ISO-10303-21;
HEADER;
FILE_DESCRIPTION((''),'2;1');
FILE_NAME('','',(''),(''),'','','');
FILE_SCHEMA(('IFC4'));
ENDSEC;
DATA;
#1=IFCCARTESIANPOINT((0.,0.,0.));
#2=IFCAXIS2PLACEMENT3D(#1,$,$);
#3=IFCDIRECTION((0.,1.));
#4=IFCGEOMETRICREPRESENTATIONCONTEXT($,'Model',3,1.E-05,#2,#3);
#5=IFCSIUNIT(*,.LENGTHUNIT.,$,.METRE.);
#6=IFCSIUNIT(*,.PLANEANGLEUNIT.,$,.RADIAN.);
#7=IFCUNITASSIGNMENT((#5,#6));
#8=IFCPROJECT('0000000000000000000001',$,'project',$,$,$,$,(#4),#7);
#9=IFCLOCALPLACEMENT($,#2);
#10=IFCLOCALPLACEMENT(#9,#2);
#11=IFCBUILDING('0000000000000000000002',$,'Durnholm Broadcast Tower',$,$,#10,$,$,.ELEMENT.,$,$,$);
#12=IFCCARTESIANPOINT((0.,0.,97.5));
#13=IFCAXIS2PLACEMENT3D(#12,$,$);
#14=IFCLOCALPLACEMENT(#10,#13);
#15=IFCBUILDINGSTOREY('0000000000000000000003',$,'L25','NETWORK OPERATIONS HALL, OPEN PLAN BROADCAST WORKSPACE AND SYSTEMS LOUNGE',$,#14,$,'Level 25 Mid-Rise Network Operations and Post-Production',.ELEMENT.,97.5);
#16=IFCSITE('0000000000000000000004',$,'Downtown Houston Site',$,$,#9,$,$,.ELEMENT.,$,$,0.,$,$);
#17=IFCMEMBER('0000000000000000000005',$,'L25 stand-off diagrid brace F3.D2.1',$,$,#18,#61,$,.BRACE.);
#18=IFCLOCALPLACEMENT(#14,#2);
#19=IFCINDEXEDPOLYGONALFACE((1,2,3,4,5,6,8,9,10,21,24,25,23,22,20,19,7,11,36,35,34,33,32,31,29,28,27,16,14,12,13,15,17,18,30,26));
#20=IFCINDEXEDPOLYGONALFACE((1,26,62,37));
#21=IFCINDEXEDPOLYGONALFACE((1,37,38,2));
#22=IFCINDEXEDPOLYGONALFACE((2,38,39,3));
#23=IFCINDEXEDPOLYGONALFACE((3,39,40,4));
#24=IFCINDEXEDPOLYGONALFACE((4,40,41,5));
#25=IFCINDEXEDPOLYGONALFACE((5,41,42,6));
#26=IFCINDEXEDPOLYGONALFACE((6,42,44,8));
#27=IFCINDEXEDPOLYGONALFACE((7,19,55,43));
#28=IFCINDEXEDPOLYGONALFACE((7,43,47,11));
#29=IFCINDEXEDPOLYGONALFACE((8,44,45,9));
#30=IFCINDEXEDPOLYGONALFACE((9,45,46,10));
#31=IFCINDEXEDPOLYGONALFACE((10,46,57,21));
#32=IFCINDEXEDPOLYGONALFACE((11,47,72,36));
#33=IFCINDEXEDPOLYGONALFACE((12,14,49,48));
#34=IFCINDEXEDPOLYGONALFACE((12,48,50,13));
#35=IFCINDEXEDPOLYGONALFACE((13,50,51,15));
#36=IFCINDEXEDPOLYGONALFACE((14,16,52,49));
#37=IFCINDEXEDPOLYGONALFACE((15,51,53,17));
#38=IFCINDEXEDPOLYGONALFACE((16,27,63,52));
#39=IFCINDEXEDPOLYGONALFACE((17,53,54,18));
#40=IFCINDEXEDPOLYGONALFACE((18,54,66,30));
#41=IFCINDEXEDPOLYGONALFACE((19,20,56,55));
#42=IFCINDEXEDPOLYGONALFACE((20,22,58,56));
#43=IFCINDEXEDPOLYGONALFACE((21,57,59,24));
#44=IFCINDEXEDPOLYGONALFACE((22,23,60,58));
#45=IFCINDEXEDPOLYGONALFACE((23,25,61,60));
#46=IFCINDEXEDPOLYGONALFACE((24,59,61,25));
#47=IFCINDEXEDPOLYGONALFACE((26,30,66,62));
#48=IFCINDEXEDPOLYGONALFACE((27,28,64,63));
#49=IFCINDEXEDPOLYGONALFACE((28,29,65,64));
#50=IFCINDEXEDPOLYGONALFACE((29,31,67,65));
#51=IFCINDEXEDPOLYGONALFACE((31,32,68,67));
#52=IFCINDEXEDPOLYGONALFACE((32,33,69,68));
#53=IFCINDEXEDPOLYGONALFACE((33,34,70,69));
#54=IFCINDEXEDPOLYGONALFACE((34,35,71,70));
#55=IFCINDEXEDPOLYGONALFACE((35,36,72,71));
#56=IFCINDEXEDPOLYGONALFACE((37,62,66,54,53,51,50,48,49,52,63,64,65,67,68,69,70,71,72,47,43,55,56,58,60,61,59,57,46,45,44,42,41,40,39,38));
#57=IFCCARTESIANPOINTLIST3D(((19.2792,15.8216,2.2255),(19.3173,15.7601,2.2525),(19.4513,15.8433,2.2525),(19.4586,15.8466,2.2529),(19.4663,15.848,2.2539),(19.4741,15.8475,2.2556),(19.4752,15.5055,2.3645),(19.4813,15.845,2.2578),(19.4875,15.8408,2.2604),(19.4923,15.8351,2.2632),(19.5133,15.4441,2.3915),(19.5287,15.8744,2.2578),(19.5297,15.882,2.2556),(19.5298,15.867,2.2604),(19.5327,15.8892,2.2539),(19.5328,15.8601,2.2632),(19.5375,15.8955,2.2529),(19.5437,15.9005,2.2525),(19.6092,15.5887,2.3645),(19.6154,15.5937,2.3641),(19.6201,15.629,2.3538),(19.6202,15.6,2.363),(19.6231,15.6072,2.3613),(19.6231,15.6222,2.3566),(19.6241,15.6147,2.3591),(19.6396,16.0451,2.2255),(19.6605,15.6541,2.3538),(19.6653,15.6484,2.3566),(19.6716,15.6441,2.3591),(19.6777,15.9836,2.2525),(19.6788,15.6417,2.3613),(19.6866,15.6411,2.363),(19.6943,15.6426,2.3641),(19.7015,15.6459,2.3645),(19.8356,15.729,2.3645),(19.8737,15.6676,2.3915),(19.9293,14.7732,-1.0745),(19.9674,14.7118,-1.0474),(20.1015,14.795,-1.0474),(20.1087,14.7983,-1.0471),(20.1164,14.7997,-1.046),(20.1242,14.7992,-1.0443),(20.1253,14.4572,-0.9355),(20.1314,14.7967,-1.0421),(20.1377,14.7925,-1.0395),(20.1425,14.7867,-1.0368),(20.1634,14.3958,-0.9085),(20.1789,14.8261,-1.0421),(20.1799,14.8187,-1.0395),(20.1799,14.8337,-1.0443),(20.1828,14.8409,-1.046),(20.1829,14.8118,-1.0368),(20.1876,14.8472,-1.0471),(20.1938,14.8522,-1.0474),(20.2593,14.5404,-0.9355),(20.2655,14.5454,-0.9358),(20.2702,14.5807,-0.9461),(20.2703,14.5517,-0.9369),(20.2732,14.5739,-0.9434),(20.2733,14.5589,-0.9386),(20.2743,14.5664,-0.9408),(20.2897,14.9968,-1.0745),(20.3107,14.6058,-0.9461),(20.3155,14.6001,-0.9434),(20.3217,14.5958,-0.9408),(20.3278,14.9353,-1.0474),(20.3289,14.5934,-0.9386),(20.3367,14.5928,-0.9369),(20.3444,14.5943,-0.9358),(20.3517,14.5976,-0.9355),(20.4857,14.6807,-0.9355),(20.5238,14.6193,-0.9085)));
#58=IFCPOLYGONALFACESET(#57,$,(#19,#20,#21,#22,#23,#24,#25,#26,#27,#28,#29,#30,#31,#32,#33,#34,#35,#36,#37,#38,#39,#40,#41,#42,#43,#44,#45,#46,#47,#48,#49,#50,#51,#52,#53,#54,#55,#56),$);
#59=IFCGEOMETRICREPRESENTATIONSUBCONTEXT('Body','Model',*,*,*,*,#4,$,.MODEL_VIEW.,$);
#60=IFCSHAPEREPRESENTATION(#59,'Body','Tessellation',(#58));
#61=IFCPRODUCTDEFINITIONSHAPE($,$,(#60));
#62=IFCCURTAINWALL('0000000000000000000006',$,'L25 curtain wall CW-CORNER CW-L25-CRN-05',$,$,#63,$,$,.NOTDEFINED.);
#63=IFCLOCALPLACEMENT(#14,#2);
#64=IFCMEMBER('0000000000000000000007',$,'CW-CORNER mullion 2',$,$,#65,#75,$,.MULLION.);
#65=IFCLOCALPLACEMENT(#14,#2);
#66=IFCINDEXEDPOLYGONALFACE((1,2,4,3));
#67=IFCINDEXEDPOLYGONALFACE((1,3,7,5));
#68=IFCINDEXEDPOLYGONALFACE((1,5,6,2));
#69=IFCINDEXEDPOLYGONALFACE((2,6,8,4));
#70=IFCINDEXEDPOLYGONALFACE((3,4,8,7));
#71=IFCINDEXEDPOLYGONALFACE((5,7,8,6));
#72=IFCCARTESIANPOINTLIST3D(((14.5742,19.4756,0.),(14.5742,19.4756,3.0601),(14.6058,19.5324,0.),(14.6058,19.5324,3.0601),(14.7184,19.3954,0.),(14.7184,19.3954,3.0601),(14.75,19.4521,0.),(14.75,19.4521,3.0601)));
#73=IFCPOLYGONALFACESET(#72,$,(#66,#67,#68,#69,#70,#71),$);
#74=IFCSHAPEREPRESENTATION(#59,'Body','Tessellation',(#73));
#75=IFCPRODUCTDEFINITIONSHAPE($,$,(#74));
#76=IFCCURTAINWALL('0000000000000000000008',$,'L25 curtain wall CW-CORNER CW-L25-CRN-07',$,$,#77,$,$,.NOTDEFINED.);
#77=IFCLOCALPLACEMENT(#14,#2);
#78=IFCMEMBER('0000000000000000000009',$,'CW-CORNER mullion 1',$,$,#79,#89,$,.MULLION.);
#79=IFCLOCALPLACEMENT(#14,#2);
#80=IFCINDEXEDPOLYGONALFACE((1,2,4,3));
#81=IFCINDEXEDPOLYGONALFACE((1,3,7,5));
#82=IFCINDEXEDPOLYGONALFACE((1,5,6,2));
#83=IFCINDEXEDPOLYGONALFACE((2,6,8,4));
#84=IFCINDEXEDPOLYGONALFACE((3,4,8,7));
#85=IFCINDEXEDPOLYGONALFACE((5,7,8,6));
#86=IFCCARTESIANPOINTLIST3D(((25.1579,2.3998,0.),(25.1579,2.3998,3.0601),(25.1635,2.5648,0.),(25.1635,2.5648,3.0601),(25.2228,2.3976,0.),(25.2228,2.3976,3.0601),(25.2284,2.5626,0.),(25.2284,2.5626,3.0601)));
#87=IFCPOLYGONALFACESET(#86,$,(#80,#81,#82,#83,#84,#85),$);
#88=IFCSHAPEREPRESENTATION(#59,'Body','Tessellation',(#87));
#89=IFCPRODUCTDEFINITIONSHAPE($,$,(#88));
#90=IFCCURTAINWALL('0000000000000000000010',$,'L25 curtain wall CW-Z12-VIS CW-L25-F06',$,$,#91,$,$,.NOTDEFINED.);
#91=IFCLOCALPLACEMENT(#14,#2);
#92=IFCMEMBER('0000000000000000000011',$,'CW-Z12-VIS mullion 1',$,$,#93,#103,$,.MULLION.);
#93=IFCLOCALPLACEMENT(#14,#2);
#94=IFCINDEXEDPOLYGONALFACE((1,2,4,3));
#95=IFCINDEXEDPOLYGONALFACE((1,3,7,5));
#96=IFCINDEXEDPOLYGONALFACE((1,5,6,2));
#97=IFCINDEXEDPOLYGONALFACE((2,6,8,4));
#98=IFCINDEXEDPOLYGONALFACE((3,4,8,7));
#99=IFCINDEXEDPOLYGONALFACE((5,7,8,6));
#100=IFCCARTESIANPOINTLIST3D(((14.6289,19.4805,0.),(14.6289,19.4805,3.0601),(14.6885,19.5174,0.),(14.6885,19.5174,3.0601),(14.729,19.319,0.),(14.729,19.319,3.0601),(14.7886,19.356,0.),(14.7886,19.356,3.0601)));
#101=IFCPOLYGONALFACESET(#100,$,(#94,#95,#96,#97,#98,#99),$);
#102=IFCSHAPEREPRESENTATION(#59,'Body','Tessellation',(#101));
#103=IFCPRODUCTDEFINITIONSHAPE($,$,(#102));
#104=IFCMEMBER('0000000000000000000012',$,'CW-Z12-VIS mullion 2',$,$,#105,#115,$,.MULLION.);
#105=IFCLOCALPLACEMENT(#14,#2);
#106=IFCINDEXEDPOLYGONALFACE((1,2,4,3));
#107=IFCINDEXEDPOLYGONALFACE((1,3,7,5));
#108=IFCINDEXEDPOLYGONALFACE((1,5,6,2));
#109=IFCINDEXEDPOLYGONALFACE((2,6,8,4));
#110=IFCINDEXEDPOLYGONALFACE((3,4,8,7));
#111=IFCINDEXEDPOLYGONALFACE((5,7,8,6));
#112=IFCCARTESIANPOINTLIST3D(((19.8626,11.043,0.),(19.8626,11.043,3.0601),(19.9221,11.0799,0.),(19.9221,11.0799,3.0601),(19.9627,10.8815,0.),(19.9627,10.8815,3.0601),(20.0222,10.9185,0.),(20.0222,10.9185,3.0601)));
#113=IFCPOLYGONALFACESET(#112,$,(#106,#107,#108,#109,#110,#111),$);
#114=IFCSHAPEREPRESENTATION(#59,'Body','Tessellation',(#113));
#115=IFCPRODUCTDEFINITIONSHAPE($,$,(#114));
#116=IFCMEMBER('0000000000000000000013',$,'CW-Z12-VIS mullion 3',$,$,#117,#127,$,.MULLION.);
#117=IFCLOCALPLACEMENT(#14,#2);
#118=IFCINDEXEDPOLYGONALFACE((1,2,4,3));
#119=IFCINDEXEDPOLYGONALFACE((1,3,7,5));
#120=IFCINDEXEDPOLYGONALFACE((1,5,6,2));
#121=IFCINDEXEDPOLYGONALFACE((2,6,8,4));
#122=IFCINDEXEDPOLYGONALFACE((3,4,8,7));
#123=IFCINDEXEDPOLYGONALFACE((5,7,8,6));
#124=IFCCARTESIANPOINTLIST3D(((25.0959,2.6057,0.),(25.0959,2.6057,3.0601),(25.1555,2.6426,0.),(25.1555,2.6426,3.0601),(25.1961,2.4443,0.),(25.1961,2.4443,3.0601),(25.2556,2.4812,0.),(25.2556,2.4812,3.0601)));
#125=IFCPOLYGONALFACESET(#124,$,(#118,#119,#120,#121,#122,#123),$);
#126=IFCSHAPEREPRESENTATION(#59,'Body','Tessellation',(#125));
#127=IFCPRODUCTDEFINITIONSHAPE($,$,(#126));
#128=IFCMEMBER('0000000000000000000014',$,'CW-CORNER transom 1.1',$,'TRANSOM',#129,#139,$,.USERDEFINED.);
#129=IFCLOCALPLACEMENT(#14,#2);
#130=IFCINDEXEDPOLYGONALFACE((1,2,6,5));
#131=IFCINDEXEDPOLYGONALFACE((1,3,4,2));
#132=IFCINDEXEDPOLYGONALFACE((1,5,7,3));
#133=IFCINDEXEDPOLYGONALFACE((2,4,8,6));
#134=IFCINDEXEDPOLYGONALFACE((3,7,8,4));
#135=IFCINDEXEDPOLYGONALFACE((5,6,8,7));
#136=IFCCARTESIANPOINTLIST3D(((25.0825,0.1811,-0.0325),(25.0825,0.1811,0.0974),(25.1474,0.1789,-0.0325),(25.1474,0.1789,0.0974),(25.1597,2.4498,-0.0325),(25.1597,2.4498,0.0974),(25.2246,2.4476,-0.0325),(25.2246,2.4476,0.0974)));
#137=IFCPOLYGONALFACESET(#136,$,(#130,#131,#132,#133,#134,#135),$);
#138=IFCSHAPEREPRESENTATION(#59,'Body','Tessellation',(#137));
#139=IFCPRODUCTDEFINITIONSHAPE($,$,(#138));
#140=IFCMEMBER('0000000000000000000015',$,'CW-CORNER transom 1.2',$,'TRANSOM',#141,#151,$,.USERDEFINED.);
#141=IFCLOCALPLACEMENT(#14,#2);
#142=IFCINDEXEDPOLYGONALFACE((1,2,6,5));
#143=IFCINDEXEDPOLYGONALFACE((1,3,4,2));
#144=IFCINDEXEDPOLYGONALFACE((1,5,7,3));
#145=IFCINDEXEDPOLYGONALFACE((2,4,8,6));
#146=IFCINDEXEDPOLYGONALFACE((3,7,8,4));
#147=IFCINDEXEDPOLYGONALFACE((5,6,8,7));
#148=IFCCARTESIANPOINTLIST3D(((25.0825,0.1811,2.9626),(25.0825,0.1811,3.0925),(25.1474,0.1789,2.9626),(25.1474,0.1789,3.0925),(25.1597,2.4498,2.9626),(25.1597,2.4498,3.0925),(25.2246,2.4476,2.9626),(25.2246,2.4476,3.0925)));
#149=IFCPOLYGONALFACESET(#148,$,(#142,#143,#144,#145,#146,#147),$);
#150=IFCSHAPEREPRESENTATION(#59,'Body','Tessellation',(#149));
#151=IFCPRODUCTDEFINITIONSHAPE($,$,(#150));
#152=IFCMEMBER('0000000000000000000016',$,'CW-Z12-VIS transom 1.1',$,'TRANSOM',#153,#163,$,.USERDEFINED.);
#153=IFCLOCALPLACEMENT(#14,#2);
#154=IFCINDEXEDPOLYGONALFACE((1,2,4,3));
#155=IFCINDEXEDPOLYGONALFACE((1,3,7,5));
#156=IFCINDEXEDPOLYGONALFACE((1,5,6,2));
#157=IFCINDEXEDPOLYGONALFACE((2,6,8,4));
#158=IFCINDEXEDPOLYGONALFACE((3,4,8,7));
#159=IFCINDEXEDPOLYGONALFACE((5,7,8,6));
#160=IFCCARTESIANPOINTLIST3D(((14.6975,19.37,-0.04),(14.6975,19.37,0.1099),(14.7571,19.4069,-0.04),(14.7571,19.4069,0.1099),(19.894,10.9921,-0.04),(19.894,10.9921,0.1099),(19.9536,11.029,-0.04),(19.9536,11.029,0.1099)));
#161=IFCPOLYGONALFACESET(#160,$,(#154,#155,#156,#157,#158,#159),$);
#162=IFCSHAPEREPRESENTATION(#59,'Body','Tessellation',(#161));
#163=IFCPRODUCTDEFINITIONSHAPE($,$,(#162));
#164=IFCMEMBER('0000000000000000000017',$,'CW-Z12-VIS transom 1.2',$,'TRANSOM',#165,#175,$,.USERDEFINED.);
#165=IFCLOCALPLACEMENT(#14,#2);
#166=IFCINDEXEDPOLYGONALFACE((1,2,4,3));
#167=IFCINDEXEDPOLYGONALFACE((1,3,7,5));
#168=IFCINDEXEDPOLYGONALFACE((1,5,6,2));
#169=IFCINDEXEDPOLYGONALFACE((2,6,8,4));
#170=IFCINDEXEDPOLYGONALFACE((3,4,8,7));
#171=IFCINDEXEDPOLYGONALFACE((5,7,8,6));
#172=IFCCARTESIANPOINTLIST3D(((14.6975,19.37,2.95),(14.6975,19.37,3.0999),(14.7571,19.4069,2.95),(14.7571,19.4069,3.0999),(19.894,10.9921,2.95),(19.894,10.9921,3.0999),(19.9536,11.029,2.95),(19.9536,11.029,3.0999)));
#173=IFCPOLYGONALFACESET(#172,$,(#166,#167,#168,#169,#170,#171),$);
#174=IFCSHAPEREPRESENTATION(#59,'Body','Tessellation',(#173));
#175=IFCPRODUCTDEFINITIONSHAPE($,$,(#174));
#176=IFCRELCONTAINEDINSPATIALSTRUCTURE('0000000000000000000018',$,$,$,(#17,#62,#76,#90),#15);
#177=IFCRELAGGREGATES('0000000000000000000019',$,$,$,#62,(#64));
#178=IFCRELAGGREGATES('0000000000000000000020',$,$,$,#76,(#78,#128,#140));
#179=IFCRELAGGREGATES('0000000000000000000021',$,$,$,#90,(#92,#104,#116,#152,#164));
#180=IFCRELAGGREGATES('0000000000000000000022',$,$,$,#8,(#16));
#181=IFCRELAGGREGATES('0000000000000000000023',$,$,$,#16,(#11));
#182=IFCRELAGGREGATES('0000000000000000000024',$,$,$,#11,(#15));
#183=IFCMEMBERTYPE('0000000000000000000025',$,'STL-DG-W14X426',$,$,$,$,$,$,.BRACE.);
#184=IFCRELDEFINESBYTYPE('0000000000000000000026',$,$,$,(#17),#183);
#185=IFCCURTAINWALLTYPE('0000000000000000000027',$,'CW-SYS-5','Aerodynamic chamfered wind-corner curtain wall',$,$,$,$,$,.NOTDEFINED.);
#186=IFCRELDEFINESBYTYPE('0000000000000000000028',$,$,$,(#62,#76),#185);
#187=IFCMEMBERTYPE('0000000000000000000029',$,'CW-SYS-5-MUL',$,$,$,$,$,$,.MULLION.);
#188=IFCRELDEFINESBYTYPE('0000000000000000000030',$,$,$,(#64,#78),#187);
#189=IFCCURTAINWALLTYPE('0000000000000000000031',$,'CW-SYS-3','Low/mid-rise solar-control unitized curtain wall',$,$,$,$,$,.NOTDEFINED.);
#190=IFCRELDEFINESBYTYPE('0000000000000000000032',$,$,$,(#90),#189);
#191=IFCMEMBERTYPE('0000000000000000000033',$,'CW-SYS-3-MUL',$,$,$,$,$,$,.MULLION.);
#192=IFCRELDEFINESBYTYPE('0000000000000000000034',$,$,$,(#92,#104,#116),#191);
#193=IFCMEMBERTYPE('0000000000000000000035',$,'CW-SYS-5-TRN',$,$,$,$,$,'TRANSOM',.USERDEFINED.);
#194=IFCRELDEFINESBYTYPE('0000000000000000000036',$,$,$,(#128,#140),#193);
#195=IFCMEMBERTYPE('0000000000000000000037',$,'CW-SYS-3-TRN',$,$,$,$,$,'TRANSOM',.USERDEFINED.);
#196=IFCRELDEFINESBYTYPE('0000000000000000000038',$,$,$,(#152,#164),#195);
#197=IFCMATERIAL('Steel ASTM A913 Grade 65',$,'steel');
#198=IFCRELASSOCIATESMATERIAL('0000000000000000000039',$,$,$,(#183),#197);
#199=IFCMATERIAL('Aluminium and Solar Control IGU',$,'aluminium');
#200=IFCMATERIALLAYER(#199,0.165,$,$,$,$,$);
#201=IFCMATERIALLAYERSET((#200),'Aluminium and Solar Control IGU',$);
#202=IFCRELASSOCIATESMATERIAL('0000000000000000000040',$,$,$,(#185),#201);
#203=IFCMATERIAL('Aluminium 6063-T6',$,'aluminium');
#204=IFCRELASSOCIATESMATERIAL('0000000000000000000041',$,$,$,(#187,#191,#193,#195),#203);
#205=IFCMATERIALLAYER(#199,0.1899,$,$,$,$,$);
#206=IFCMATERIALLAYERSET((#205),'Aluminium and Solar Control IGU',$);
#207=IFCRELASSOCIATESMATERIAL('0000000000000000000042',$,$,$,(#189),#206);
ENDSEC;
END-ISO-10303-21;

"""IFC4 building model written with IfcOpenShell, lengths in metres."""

from ifc_helpers import new_model, si_unit, direction, frame, origin, origin_2d, place, context, subcontext, project, spatial, rectangle, i_section, extrude, source, transform, mapped, material, layer, layer_set, material_profile, profile_set, type_object, type_shapes, element, aggregate, save


model = new_model("IFC4")

# Units and contexts
model_context = context("Model", 3, precision=1e-05, world=origin(), true_north=direction((0.0, 1.0)))
body_context = subcontext(model_context, "Body", "Model", "MODEL_VIEW")
ifc_project = project(units=[si_unit("LENGTHUNIT", "METRE"), si_unit("PLANEANGLEUNIT", "RADIAN")], contexts=[model_context])

# Site, building, storey
site_placement = place(None, origin())
site = spatial("IfcSite", under=ifc_project, at=site_placement, Name="Downtown Houston Site", CompositionType="ELEMENT", RefElevation=0.0)
building_placement = place(site_placement, origin())
building = spatial("IfcBuilding", under=site, at=building_placement, Name="Durnholm Broadcast Tower", CompositionType="ELEMENT")
storey_placement = place(building_placement, frame((0.0, 0.0, 97.5)))
storey = spatial("IfcBuildingStorey", under=building, at=storey_placement, Name="L25", Description="NETWORK OPERATIONS HALL, OPEN PLAN BROADCAST WORKSPACE AND SYSTEMS LOUNGE", LongName="Level 25 Mid-Rise Network Operations and Post-Production", CompositionType="ELEMENT", Elevation=97.5)

# Member
ifc_material_1 = material(Name="Steel ASTM A913 Grade 65", Category="steel")
ifc_material_profile_1 = material_profile(ifc_material_1, i_section(OverallWidth=0.4241, OverallDepth=0.4741, WebThickness=0.0476, FlangeThickness=0.0771, FilletRadius=0.0305, at=origin_2d()), Name="W14X426")
ifc_profile_set_1 = profile_set([ifc_material_profile_1], Name="Steel ASTM A913 Grade 65")
member_type_1 = type_object("IfcMemberType", Name="STL-DG-W14X426", PredefinedType="BRACE", material=ifc_profile_set_1)
shared_shape_1 = source(origin(), body_context, "Body", "SweptSolid", [
    extrude(i_section(OverallWidth=0.4241, OverallDepth=0.4741, WebThickness=0.0476, FlangeThickness=0.0771, FilletRadius=0.0305, at=origin_2d()), origin(), (0.0, 0.0, 1.0), 3.5229),
])
member_1_placement = place(storey_placement, frame((20.2266, 14.6963, -0.9915), z_axis=(-0.18454, 0.297564, 0.936697), x_axis=(-0.849839, -0.527043, 0.0)))
element("IfcMember", 1, at=member_1_placement, inside=storey, type_object=member_type_1, Name="L25 stand-off diagrid brace F3.D2.1", PredefinedType="BRACE", context=body_context, shape_type="MappedRepresentation", body=[
    mapped(shared_shape_1, transform((0.0, 0.0, 0.0), x_axis=(1.0, 0.0, 0.0), y_axis=(0.0, 1.0, 0.0), z_axis=(0.0, 0.0, 1.0), scale=1.0)),
])

# Curtain walls, members
ifc_material_2 = material(Name="Aluminium and Solar Control IGU", Category="aluminium")
ifc_layer_1 = layer(ifc_material_2, 0.165)
ifc_layer_set_1 = layer_set([ifc_layer_1], Name="Aluminium and Solar Control IGU")
curtain_wall_type_1 = type_object("IfcCurtainWallType", Name="CW-SYS-5", Description="Aerodynamic chamfered wind-corner curtain wall", PredefinedType="NOTDEFINED", material=ifc_layer_set_1)
curtain_wall_1_placement = place(storey_placement, origin())
curtain_wall_1 = element("IfcCurtainWall", 2, at=curtain_wall_1_placement, inside=storey, type_object=curtain_wall_type_1, Name="L25 curtain wall CW-CORNER CW-L25-CRN-05", PredefinedType="NOTDEFINED")
ifc_material_3 = material(Name="Aluminium 6063-T6", Category="aluminium")
ifc_material_profile_2 = material_profile(ifc_material_3, rectangle(XDim=0.0649, YDim=0.165, at=origin_2d()), Name="CWM65X165")
ifc_profile_set_2 = profile_set([ifc_material_profile_2], Name="Aluminium 6063-T6")
member_type_2 = type_object("IfcMemberType", Name="CW-SYS-5-MUL", PredefinedType="MULLION", material=ifc_profile_set_2)
shared_shape_2 = source(origin(), body_context, "Body", "SweptSolid", [
    extrude(rectangle(XDim=0.0649, YDim=0.165, at=origin_2d()), origin(), (0.0, 0.0, 1.0), 3.0601),
])
type_shapes(member_type_2, [shared_shape_2])
member_2_placement = place(storey_placement, frame((14.6621, 19.4639, 0.0), z_axis=(0.0, 0.0, 1.0), x_axis=(0.486244, 0.873823, 0.0)))
member_2 = element("IfcMember", 3, at=member_2_placement, type_object=member_type_2, Name="CW-CORNER mullion 2", PredefinedType="MULLION", context=body_context, shape_type="MappedRepresentation", body=[
    mapped(shared_shape_2, transform((0.0, 0.0, 0.0), x_axis=(1.0, 0.0, 0.0), y_axis=(0.0, 1.0, 0.0), z_axis=(0.0, 0.0, 1.0), scale=1.0)),
])
curtain_wall_2_placement = place(storey_placement, origin())
curtain_wall_2 = element("IfcCurtainWall", 4, at=curtain_wall_2_placement, inside=storey, type_object=curtain_wall_type_1, Name="L25 curtain wall CW-CORNER CW-L25-CRN-07", PredefinedType="NOTDEFINED")
member_3_placement = place(storey_placement, frame((25.1931, 2.4812, 0.0), z_axis=(0.0, 0.0, 1.0), x_axis=(0.999425, -0.033917, 0.0)))
member_3 = element("IfcMember", 5, at=member_3_placement, type_object=member_type_2, Name="CW-CORNER mullion 1", PredefinedType="MULLION", context=body_context, shape_type="MappedRepresentation", body=[
    mapped(shared_shape_2, transform((0.0, 0.0, 0.0), x_axis=(1.0, 0.0, 0.0), y_axis=(0.0, 1.0, 0.0), z_axis=(0.0, 0.0, 1.0), scale=1.0)),
])

# Curtain wall, members
ifc_layer_2 = layer(ifc_material_2, 0.1899)
ifc_layer_set_2 = layer_set([ifc_layer_2], Name="Aluminium and Solar Control IGU")
curtain_wall_type_2 = type_object("IfcCurtainWallType", Name="CW-SYS-3", Description="Low/mid-rise solar-control unitized curtain wall", PredefinedType="NOTDEFINED", material=ifc_layer_set_2)
curtain_wall_3_placement = place(storey_placement, origin())
curtain_wall_3 = element("IfcCurtainWall", 6, at=curtain_wall_3_placement, inside=storey, type_object=curtain_wall_type_2, Name="L25 curtain wall CW-Z12-VIS CW-L25-F06", PredefinedType="NOTDEFINED")
ifc_material_profile_3 = material_profile(ifc_material_3, rectangle(XDim=0.0701, YDim=0.1899, at=origin_2d()), Name="CWM70X190")
ifc_profile_set_3 = profile_set([ifc_material_profile_3], Name="Aluminium 6063-T6")
member_type_3 = type_object("IfcMemberType", Name="CW-SYS-3-MUL", PredefinedType="MULLION", material=ifc_profile_set_3)
shared_shape_3 = source(origin(), body_context, "Body", "SweptSolid", [
    extrude(rectangle(XDim=0.0701, YDim=0.1899, at=origin_2d()), origin(), (0.0, 0.0, 1.0), 3.0601),
])
type_shapes(member_type_3, [shared_shape_3])
member_4_placement = place(storey_placement, frame((14.7087, 19.4182, 0.0), z_axis=(0.0, 0.0, 1.0), x_axis=(0.8498, 0.527105, 0.0)))
member_4 = element("IfcMember", 7, at=member_4_placement, type_object=member_type_3, Name="CW-Z12-VIS mullion 1", PredefinedType="MULLION", context=body_context, shape_type="MappedRepresentation", body=[
    mapped(shared_shape_3, transform((0.0, 0.0, 0.0), x_axis=(1.0, 0.0, 0.0), y_axis=(0.0, 1.0, 0.0), z_axis=(0.0, 0.0, 1.0), scale=1.0)),
])
member_5_placement = place(storey_placement, frame((19.9424, 10.9807, 0.0), z_axis=(0.0, 0.0, 1.0), x_axis=(0.8498, 0.527105, 0.0)))
member_5 = element("IfcMember", 8, at=member_5_placement, type_object=member_type_3, Name="CW-Z12-VIS mullion 2", PredefinedType="MULLION", context=body_context, shape_type="MappedRepresentation", body=[
    mapped(shared_shape_3, transform((0.0, 0.0, 0.0), x_axis=(1.0, 0.0, 0.0), y_axis=(0.0, 1.0, 0.0), z_axis=(0.0, 0.0, 1.0), scale=1.0)),
])
member_6_placement = place(storey_placement, frame((25.1758, 2.5435, 0.0), z_axis=(0.0, 0.0, 1.0), x_axis=(0.8498, 0.527105, 0.0)))
member_6 = element("IfcMember", 9, at=member_6_placement, type_object=member_type_3, Name="CW-Z12-VIS mullion 3", PredefinedType="MULLION", context=body_context, shape_type="MappedRepresentation", body=[
    mapped(shared_shape_3, transform((0.0, 0.0, 0.0), x_axis=(1.0, 0.0, 0.0), y_axis=(0.0, 1.0, 0.0), z_axis=(0.0, 0.0, 1.0), scale=1.0)),
])

# Members
ifc_material_profile_4 = material_profile(ifc_material_3, rectangle(XDim=0.0649, YDim=0.1299, at=origin_2d()), Name="CWT65X130")
ifc_profile_set_4 = profile_set([ifc_material_profile_4], Name="Aluminium 6063-T6")
member_type_4 = type_object("IfcMemberType", Name="CW-SYS-5-TRN", ElementType="TRANSOM", PredefinedType="USERDEFINED", material=ifc_profile_set_4)
shared_shape_4 = source(origin(), body_context, "Body", "SweptSolid", [
    extrude(rectangle(XDim=0.0649, YDim=0.1299, at=origin_2d()), origin(), (0.0, 0.0, 1.0), 2.27),
])
type_shapes(member_type_4, [shared_shape_4])
member_7_placement = place(storey_placement, frame((25.1921, 2.4487, 0.0325), z_axis=(-0.033984, -0.999422, 0.0), x_axis=(0.999422, -0.033984, 0.0)))
member_7 = element("IfcMember", 10, at=member_7_placement, type_object=member_type_4, Name="CW-CORNER transom 1.1", ObjectType="TRANSOM", PredefinedType="USERDEFINED", context=body_context, shape_type="MappedRepresentation", body=[
    mapped(shared_shape_4, transform((0.0, 0.0, 0.0), x_axis=(1.0, 0.0, 0.0), y_axis=(0.0, 1.0, 0.0), z_axis=(0.0, 0.0, 1.0), scale=1.0)),
])
member_8_placement = place(storey_placement, frame((25.1921, 2.4487, 3.0276), z_axis=(-0.033984, -0.999422, 0.0), x_axis=(0.999422, -0.033984, 0.0)))
member_8 = element("IfcMember", 11, at=member_8_placement, type_object=member_type_4, Name="CW-CORNER transom 1.2", ObjectType="TRANSOM", PredefinedType="USERDEFINED", context=body_context, shape_type="MappedRepresentation", body=[
    mapped(shared_shape_4, transform((0.0, 0.0, 0.0), x_axis=(1.0, 0.0, 0.0), y_axis=(0.0, 1.0, 0.0), z_axis=(0.0, 0.0, 1.0), scale=1.0)),
])
ifc_material_profile_5 = material_profile(ifc_material_3, rectangle(XDim=0.0701, YDim=0.1499, at=origin_2d()), Name="CWT70X150")
ifc_profile_set_5 = profile_set([ifc_material_profile_5], Name="Aluminium 6063-T6")
member_type_5 = type_object("IfcMemberType", Name="CW-SYS-3-TRN", ElementType="TRANSOM", PredefinedType="USERDEFINED", material=ifc_profile_set_5)
shared_shape_5 = source(origin(), body_context, "Body", "SweptSolid", [
    extrude(rectangle(XDim=0.0701, YDim=0.1499, at=origin_2d()), origin(), (0.0, 0.0, 1.0), 9.8586),
])
member_9_placement = place(storey_placement, frame((14.7273, 19.3884, 0.0349), z_axis=(0.527102, -0.849802, 0.0), x_axis=(0.849802, 0.527102, 0.0)))
member_9 = element("IfcMember", 12, at=member_9_placement, type_object=member_type_5, Name="CW-Z12-VIS transom 1.1", ObjectType="TRANSOM", PredefinedType="USERDEFINED", context=body_context, shape_type="MappedRepresentation", body=[
    mapped(shared_shape_5, transform((0.0, 0.0, 0.0), x_axis=(1.0, 0.0, 0.0), y_axis=(0.0, 1.0, 0.0), z_axis=(0.0, 0.0, 1.0), scale=1.0)),
])
member_10_placement = place(storey_placement, frame((14.7273, 19.3884, 3.0249), z_axis=(0.527102, -0.849802, 0.0), x_axis=(0.849802, 0.527102, 0.0)))
member_10 = element("IfcMember", 13, at=member_10_placement, type_object=member_type_5, Name="CW-Z12-VIS transom 1.2", ObjectType="TRANSOM", PredefinedType="USERDEFINED", context=body_context, shape_type="MappedRepresentation", body=[
    mapped(shared_shape_5, transform((0.0, 0.0, 0.0), x_axis=(1.0, 0.0, 0.0), y_axis=(0.0, 1.0, 0.0), z_axis=(0.0, 0.0, 1.0), scale=1.0)),
])

aggregate(curtain_wall_1, [member_2])
aggregate(curtain_wall_2, [member_3, member_7, member_8])
aggregate(curtain_wall_3, [member_4, member_5, member_6, member_9, member_10])

save(model, "model.ifc")
